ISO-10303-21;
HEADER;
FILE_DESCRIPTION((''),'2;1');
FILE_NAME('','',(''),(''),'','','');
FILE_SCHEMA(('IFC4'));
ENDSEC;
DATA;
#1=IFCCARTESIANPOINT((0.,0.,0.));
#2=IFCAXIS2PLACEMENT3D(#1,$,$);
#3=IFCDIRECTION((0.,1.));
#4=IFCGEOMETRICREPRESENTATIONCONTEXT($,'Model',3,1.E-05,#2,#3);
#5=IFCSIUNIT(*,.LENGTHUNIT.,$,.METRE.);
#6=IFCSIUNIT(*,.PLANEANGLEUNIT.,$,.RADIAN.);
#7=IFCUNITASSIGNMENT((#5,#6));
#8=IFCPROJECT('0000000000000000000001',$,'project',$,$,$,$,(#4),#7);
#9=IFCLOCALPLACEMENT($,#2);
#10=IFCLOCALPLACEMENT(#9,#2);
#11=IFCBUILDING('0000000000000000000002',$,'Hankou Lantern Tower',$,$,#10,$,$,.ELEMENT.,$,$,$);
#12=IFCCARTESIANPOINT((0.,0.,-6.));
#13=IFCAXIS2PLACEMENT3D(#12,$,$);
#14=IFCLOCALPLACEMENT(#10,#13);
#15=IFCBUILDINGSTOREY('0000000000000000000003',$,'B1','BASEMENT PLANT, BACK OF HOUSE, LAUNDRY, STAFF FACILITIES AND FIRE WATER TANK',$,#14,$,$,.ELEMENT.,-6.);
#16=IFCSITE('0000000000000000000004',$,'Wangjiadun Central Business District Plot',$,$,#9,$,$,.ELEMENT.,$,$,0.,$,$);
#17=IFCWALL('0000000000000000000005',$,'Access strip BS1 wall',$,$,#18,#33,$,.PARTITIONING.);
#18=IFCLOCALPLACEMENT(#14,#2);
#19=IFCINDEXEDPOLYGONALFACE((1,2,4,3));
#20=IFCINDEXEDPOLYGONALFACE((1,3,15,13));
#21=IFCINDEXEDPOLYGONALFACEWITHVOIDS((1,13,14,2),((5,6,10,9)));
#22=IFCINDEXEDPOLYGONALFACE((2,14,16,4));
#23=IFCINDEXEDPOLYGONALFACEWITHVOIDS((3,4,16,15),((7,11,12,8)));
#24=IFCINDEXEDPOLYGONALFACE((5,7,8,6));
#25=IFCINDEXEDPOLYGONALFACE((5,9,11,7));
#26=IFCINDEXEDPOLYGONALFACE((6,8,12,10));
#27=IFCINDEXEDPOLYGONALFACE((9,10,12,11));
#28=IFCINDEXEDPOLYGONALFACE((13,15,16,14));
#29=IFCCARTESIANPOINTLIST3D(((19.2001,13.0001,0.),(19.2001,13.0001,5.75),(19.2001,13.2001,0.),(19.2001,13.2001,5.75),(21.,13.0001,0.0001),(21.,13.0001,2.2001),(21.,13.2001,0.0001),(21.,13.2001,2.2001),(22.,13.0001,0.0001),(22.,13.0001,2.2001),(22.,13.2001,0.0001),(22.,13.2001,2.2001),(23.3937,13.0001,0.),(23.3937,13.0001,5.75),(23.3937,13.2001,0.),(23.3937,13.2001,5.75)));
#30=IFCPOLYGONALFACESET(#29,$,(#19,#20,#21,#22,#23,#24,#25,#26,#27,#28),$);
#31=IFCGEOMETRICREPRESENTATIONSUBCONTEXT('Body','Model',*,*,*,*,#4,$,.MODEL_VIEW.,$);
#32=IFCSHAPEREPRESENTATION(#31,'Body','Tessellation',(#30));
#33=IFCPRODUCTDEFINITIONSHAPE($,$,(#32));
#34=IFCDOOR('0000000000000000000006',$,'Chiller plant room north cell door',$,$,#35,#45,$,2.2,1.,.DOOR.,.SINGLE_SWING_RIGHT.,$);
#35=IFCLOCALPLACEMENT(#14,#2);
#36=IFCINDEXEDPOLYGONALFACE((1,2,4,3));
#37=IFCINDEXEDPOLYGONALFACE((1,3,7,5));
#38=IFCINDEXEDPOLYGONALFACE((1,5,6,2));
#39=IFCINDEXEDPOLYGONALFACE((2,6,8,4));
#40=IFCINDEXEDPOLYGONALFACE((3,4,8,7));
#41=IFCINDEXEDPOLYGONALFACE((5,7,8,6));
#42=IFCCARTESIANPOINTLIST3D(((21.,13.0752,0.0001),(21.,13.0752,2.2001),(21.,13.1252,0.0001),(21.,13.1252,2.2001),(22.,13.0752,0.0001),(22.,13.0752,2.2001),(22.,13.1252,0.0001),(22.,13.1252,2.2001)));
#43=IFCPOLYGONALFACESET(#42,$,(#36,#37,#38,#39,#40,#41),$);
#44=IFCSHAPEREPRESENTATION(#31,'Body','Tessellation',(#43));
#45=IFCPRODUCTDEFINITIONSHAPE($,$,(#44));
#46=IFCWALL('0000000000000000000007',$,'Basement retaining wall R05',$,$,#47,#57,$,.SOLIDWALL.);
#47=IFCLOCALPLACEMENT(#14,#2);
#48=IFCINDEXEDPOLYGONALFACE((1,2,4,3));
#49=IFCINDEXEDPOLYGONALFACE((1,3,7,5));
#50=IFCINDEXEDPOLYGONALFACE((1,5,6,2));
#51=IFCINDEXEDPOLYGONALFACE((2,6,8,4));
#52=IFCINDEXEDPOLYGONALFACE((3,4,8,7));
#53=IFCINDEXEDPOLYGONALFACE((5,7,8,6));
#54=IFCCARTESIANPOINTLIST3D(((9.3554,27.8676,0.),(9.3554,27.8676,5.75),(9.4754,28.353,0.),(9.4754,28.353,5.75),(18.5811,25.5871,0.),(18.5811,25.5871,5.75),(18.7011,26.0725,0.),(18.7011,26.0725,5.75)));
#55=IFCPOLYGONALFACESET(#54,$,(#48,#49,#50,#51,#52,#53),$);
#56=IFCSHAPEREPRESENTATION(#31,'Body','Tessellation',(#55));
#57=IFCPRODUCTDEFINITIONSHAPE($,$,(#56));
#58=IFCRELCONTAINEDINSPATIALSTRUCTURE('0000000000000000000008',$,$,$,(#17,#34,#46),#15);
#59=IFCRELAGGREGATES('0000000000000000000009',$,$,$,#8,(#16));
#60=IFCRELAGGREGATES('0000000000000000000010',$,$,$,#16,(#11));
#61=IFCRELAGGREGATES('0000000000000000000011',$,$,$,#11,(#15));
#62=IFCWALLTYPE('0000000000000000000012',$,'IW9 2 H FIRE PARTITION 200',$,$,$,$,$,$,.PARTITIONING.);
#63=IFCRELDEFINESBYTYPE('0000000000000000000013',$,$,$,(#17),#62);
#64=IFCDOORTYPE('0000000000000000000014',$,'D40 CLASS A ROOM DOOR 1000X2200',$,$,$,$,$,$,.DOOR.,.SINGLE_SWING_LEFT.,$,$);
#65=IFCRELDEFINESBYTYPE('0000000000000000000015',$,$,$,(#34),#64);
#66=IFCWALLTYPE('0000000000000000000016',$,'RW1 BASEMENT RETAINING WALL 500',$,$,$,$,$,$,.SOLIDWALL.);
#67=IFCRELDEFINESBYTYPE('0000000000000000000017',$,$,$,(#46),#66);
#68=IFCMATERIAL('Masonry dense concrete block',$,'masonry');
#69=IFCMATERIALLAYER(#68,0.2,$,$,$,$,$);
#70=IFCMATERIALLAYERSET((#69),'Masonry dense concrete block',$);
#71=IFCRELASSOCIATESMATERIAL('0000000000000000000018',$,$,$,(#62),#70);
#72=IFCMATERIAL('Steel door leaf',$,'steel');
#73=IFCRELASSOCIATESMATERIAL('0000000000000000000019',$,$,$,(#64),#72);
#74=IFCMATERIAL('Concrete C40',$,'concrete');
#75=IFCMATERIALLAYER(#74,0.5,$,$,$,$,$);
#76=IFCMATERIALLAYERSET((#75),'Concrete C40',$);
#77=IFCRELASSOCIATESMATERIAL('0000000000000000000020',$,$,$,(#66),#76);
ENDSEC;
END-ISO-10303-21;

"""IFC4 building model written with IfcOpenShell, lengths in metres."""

from ifc_helpers import new_model, si_unit, direction, frame, frame_2d, origin, place, context, subcontext, project, spatial, rectangle, extrude, material, layer, layer_set, type_object, element, fill, save


model = new_model("IFC4")

# Units and contexts
model_context = context("Model", 3, precision=1e-05, world=origin(), true_north=direction((0.0, 1.0)))
body_context = subcontext(model_context, "Body", "Model", "MODEL_VIEW")
ifc_project = project(units=[si_unit("LENGTHUNIT", "METRE"), si_unit("PLANEANGLEUNIT", "RADIAN")], contexts=[model_context])

# Site, building, storey
site_placement = place(None, origin())
site = spatial("IfcSite", under=ifc_project, at=site_placement, Name="Wangjiadun Central Business District Plot", CompositionType="ELEMENT", RefElevation=0.0)
building_placement = place(site_placement, origin())
building = spatial("IfcBuilding", under=site, at=building_placement, Name="Hankou Lantern Tower", CompositionType="ELEMENT")
storey_placement = place(building_placement, frame((0.0, 0.0, -6.0)))
storey = spatial("IfcBuildingStorey", under=building, at=storey_placement, Name="B1", Description="BASEMENT PLANT, BACK OF HOUSE, LAUNDRY, STAFF FACILITIES AND FIRE WATER TANK", CompositionType="ELEMENT", Elevation=-6.0)

# Shared definitions
ifc_material_1 = material(Name="Masonry dense concrete block", Category="masonry")
ifc_layer_1 = layer(ifc_material_1, 0.2)
ifc_layer_set_1 = layer_set([ifc_layer_1], Name="Masonry dense concrete block")
wall_type_1 = type_object("IfcWallType", Name="IW9 2 H FIRE PARTITION 200", PredefinedType="PARTITIONING", material=ifc_layer_set_1)

# Wall, opening, door
wall_1_placement = place(storey_placement, frame((23.3936, 13.1001, 0.0), z_axis=(0.0, 0.0, 1.0), x_axis=(-1.0, 0.0, 0.0)))
wall_1 = element("IfcWall", 1, at=wall_1_placement, inside=storey, type_object=wall_type_1, Name="Access strip BS1 wall", PredefinedType="PARTITIONING", context=body_context, shape_type="SweptSolid", body=[
    extrude(rectangle(XDim=4.1936, YDim=0.2, at=frame_2d((2.0967, 0.0))), origin(), (0.0, 0.0, 1.0), 5.75),
])
opening_1_placement = place(wall_1_placement, frame((1.3936, 0.0, 0.0)))
opening_1 = element("IfcOpeningElement", 2, at=opening_1_placement, cuts=wall_1, PredefinedType="OPENING", context=body_context, shape_type="SweptSolid", body=[
    extrude(rectangle(XDim=1.0, YDim=2.2, at=frame_2d((0.5, 1.1001))), frame((0.0, 0.1099, 0.0), z_axis=(0.0, -1.0, 0.0), x_axis=(1.0, 0.0, 0.0)), (0.0, 0.0, 1.0), 0.22),
])
ifc_material_2 = material(Name="Steel door leaf", Category="steel")
door_type_1 = type_object("IfcDoorType", Name="D40 CLASS A ROOM DOOR 1000X2200", OperationType="SINGLE_SWING_LEFT", PredefinedType="DOOR", material=ifc_material_2)
door_1_placement = place(opening_1_placement, origin())
door_1 = element("IfcDoor", 3, at=door_1_placement, inside=storey, type_object=door_type_1, Name="Chiller plant room north cell door", OperationType="SINGLE_SWING_RIGHT", OverallHeight=2.2, OverallWidth=1.0, PredefinedType="DOOR", context=body_context, shape_type="SweptSolid", body=[
    extrude(rectangle(XDim=1.0, YDim=2.2, at=frame_2d((0.5, 1.1001))), frame((0.0, 0.0249, 0.0), z_axis=(0.0, -1.0, 0.0), x_axis=(1.0, 0.0, 0.0)), (0.0, 0.0, 1.0), 0.05),
])
fill(opening_1, door_1)

# Wall
ifc_material_3 = material(Name="Concrete C40", Category="concrete")
ifc_layer_2 = layer(ifc_material_3, 0.5)
ifc_layer_set_2 = layer_set([ifc_layer_2], Name="Concrete C40")
wall_type_2 = type_object("IfcWallType", Name="RW1 BASEMENT RETAINING WALL 500", PredefinedType="SOLIDWALL", material=ifc_layer_set_2)
wall_2_placement = place(storey_placement, frame((18.6411, 25.8298, 0.0), z_axis=(0.0, 0.0, 1.0), x_axis=(-0.970781, 0.239966, 0.0)))
element("IfcWall", 4, at=wall_2_placement, inside=storey, type_object=wall_type_2, Name="Basement retaining wall R05", PredefinedType="SOLIDWALL", context=body_context, shape_type="SweptSolid", body=[
    extrude(rectangle(XDim=9.5034, YDim=0.5, at=frame_2d((4.7517, 0.0))), origin(), (0.0, 0.0, 1.0), 5.75),
])

save(model, "model.ifc")
